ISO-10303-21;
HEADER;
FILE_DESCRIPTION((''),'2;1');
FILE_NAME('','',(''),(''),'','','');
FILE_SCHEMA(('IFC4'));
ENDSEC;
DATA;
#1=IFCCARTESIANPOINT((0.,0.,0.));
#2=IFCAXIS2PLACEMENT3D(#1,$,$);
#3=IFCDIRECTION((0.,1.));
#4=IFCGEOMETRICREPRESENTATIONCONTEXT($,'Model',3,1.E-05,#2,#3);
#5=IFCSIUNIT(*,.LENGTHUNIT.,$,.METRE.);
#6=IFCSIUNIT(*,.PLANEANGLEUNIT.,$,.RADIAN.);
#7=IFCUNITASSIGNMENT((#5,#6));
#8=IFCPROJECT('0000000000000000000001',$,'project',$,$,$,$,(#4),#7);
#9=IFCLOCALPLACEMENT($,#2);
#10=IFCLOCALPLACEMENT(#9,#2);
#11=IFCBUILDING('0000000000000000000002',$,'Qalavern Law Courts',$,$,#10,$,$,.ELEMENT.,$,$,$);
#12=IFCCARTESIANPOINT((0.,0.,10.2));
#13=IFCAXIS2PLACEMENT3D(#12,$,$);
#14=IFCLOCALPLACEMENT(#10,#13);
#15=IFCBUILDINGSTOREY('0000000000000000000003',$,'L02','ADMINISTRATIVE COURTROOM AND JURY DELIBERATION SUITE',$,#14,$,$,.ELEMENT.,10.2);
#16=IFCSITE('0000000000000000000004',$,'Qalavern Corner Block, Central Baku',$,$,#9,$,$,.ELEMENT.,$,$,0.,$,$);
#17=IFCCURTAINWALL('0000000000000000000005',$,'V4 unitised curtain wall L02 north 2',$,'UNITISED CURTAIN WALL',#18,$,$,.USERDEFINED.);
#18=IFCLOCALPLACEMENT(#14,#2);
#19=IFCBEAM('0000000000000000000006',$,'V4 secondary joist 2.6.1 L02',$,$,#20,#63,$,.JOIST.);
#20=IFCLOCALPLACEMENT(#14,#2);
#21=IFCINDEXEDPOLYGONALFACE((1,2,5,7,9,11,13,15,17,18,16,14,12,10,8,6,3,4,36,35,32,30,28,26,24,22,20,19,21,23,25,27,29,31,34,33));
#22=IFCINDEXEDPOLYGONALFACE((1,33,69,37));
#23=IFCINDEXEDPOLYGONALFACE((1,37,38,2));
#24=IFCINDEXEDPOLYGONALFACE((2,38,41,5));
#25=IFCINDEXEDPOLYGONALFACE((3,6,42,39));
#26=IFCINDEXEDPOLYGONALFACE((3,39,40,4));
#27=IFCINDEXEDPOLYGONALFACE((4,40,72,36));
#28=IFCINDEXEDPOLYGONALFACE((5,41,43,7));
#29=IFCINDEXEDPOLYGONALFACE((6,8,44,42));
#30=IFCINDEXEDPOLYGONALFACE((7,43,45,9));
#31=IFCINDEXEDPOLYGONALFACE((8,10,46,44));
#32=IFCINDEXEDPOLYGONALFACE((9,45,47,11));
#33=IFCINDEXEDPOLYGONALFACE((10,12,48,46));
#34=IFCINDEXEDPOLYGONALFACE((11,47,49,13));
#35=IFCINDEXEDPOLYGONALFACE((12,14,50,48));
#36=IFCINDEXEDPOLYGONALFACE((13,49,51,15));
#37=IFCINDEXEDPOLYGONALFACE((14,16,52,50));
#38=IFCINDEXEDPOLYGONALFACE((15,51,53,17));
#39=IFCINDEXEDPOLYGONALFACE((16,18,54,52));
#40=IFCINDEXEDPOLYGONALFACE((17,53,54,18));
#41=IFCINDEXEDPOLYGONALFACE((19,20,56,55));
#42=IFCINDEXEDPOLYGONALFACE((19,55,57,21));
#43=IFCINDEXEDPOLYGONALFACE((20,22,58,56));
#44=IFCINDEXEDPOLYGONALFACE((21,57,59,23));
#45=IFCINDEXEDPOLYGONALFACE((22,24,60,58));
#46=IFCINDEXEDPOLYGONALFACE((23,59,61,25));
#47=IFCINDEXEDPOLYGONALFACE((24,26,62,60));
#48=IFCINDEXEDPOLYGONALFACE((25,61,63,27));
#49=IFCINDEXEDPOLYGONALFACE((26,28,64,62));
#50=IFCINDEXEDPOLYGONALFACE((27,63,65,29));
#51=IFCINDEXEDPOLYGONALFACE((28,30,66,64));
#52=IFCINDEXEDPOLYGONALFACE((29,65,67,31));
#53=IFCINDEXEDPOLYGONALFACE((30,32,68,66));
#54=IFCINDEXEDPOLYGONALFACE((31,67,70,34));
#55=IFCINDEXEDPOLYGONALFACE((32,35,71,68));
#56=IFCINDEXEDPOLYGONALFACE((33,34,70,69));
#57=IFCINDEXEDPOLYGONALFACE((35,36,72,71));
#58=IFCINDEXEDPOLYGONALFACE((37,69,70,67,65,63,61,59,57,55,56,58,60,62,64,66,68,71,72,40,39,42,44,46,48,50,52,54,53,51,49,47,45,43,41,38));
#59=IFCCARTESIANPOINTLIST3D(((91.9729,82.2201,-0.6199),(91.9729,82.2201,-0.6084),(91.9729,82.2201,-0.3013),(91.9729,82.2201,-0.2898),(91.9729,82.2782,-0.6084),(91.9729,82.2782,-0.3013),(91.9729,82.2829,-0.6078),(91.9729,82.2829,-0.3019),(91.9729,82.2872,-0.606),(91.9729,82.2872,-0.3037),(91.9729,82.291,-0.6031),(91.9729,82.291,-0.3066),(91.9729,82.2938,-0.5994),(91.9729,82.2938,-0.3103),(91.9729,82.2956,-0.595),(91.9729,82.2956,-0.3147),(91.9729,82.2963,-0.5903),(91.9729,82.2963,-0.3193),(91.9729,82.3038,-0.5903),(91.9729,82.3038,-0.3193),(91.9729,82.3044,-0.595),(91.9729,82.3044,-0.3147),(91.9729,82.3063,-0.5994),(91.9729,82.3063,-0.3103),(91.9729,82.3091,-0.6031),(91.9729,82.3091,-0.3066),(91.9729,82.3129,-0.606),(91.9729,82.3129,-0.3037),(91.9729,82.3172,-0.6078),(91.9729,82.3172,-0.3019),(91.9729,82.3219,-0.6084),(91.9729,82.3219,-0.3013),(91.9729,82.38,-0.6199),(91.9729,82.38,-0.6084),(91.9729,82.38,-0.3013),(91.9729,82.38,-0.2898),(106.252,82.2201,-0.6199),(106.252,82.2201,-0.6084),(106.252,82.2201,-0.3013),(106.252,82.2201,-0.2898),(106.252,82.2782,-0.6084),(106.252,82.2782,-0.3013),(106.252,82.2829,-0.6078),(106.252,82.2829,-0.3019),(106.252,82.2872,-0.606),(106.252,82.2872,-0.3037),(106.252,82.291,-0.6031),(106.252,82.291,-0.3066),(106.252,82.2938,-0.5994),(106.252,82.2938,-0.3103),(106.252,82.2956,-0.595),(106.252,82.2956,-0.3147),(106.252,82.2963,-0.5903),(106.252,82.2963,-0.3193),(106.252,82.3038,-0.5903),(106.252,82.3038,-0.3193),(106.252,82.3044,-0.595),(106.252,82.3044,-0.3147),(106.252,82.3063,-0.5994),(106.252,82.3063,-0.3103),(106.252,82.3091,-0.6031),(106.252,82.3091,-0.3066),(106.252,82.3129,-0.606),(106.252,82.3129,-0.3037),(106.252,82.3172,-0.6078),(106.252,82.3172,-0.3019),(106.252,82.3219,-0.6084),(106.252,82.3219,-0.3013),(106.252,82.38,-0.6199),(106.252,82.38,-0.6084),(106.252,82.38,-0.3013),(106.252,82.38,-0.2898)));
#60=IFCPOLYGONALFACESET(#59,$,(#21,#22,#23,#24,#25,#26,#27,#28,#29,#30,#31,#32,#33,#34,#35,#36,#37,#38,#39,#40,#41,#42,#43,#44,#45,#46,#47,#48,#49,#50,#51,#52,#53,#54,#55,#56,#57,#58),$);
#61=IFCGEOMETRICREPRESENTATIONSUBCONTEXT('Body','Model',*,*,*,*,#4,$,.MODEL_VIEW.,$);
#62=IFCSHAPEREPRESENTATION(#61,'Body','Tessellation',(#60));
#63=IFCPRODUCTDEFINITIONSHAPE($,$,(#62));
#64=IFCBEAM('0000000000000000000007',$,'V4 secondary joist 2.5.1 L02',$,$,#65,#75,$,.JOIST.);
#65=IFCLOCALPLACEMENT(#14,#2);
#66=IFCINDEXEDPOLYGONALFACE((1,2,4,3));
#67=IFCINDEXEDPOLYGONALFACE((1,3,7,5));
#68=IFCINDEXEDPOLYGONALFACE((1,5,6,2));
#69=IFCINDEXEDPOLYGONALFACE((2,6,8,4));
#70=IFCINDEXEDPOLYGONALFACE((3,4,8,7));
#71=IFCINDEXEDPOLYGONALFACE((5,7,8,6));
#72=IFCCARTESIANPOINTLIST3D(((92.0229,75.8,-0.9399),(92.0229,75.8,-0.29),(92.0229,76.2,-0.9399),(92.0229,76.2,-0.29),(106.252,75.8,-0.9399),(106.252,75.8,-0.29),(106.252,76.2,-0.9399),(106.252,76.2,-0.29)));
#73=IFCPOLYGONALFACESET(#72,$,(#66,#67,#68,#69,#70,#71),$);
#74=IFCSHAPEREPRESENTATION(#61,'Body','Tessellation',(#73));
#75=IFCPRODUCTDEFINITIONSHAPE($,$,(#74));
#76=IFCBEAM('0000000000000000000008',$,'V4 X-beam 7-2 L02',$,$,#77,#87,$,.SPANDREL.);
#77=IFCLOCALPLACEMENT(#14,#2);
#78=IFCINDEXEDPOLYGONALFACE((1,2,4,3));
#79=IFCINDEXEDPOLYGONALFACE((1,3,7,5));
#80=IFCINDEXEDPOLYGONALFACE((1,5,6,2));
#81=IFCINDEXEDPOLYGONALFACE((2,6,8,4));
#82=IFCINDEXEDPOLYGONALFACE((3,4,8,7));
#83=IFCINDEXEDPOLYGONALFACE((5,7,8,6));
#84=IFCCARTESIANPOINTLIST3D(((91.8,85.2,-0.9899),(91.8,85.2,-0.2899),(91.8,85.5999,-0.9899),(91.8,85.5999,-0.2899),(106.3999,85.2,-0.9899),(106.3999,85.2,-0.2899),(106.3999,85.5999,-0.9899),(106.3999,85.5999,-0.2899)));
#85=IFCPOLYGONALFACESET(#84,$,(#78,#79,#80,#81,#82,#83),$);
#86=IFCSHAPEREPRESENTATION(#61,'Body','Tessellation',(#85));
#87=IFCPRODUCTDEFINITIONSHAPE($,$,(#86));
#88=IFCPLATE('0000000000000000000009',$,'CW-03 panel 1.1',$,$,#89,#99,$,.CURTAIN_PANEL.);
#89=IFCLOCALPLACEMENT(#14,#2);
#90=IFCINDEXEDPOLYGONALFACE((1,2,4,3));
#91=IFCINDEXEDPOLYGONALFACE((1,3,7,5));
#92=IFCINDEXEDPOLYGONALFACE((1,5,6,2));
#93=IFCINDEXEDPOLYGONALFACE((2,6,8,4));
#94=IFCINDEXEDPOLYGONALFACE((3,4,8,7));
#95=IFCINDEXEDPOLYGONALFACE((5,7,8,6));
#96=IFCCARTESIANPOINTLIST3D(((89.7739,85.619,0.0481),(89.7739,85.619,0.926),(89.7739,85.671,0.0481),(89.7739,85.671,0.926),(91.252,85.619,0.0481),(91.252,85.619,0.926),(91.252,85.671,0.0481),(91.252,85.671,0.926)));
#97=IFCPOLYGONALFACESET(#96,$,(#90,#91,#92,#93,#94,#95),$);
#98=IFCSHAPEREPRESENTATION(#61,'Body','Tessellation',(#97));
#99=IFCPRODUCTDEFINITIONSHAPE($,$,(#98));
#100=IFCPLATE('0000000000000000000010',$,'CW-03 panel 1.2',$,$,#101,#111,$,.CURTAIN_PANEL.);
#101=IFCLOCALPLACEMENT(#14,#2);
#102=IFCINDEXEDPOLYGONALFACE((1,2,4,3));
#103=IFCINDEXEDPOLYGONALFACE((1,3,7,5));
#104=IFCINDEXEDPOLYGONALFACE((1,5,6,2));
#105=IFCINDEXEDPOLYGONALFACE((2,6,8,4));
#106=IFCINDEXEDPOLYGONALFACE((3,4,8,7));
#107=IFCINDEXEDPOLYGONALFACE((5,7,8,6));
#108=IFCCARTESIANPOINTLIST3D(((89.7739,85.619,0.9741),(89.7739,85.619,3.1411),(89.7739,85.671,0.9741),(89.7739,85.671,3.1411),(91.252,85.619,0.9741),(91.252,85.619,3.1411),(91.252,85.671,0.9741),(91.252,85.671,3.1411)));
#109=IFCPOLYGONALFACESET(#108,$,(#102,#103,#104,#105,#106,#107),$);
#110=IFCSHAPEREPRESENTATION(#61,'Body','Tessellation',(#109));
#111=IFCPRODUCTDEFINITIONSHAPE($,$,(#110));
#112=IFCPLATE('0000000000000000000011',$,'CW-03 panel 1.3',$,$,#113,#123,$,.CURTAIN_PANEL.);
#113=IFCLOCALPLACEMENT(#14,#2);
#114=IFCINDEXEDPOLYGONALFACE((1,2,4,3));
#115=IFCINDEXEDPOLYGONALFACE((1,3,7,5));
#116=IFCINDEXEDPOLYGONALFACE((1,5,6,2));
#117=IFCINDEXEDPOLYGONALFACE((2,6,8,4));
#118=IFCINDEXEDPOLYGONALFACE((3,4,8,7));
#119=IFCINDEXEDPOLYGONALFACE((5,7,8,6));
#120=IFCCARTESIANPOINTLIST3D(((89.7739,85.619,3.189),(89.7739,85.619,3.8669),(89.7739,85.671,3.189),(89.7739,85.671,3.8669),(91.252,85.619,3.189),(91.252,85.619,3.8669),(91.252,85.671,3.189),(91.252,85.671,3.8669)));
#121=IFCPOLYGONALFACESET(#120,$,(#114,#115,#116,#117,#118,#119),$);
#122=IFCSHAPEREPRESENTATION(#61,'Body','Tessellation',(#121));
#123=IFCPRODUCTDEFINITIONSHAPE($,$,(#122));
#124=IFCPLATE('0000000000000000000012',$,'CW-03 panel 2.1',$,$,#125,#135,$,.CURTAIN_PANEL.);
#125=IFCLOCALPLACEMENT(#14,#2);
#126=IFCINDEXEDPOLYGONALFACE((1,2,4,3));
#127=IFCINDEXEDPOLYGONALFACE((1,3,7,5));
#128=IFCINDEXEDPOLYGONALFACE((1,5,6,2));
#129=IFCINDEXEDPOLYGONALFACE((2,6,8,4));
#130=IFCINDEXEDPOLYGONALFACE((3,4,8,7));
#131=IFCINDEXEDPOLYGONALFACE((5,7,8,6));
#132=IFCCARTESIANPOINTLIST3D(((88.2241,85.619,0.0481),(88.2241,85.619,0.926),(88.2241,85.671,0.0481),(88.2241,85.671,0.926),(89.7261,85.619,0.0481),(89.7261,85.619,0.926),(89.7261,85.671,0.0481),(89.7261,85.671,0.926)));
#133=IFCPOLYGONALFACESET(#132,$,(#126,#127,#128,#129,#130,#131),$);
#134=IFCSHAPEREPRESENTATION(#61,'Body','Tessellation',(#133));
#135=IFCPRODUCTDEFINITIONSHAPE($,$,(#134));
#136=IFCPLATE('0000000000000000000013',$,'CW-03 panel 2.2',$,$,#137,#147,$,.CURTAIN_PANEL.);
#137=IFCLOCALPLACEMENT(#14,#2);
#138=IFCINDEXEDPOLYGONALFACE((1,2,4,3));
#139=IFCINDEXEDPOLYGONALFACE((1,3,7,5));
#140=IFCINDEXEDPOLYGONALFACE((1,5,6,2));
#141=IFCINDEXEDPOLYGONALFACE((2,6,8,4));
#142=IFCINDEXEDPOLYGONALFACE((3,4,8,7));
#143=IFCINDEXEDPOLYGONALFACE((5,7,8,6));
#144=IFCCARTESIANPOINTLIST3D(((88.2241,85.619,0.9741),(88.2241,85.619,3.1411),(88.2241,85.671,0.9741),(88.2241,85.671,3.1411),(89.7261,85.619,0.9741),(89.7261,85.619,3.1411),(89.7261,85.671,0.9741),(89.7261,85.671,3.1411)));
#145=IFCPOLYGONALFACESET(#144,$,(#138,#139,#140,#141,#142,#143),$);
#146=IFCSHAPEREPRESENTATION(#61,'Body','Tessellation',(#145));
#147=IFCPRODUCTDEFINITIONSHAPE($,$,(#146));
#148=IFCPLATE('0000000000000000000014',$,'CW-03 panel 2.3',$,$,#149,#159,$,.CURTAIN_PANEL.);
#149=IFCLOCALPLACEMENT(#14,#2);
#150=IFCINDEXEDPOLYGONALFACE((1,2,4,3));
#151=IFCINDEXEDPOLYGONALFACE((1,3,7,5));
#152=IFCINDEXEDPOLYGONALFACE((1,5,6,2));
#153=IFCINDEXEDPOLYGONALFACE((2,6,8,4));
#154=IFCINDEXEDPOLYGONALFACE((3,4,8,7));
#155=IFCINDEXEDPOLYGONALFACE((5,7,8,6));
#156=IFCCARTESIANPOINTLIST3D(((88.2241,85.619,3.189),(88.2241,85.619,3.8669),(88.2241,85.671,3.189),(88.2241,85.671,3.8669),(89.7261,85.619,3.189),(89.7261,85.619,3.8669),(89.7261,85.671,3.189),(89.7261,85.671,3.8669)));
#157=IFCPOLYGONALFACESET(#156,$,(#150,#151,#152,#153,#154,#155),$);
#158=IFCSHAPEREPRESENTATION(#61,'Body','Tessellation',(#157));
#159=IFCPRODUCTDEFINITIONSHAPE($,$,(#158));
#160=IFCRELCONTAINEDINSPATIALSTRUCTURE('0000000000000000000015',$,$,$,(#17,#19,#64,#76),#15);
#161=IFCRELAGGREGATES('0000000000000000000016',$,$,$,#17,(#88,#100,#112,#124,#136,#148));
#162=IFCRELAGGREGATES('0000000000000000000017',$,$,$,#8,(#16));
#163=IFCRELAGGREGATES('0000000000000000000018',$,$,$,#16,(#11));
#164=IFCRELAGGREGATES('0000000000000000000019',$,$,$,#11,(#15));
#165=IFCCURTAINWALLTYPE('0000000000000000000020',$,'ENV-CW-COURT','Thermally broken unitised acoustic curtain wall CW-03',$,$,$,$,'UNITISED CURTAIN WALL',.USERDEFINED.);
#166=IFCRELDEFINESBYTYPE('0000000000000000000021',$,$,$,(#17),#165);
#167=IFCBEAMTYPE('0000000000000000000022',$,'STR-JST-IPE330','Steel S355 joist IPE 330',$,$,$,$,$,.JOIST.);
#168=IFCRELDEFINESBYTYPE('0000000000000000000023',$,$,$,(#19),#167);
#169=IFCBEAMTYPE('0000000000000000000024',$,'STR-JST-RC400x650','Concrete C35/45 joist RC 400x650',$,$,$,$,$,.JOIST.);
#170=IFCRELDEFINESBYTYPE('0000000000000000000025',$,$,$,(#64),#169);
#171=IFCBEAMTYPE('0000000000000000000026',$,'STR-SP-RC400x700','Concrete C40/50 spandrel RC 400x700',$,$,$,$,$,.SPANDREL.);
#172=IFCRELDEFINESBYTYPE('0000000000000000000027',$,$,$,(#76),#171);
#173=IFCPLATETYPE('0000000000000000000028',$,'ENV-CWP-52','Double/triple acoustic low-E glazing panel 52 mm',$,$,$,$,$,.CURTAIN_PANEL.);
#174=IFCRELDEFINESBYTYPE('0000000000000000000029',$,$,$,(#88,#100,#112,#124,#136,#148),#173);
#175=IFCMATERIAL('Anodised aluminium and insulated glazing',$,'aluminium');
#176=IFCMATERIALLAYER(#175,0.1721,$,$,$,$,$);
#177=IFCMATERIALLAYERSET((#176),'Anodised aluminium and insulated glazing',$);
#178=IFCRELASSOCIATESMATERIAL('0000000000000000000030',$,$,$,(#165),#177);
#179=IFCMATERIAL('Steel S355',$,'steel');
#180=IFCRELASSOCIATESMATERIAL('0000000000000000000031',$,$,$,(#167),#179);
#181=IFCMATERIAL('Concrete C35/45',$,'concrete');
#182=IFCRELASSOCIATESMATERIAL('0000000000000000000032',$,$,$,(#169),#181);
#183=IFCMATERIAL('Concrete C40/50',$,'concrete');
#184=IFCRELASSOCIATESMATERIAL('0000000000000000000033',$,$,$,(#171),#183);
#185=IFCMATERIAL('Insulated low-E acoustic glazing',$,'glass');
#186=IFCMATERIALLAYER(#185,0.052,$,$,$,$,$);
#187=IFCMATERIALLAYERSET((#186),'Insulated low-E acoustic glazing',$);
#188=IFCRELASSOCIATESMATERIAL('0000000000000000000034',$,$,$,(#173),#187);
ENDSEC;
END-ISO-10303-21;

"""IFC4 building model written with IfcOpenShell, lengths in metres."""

from ifc_helpers import new_model, si_unit, direction, frame, origin, origin_2d, place, context, subcontext, project, spatial, rectangle, i_section, extrude, material, layer, layer_set, material_profile, profile_set, type_object, element, aggregate, save


model = new_model("IFC4")

# Units and contexts
model_context = context("Model", 3, precision=1e-05, world=origin(), true_north=direction((0.0, 1.0)))
body_context = subcontext(model_context, "Body", "Model", "MODEL_VIEW")
ifc_project = project(units=[si_unit("LENGTHUNIT", "METRE"), si_unit("PLANEANGLEUNIT", "RADIAN")], contexts=[model_context])

# Site, building, storey
site_placement = place(None, origin())
site = spatial("IfcSite", under=ifc_project, at=site_placement, Name="Qalavern Corner Block, Central Baku", CompositionType="ELEMENT", RefElevation=0.0)
building_placement = place(site_placement, origin())
building = spatial("IfcBuilding", under=site, at=building_placement, Name="Qalavern Law Courts", CompositionType="ELEMENT")
storey_placement = place(building_placement, frame((0.0, 0.0, 10.2)))
storey = spatial("IfcBuildingStorey", under=building, at=storey_placement, Name="L02", Description="ADMINISTRATIVE COURTROOM AND JURY DELIBERATION SUITE", CompositionType="ELEMENT", Elevation=10.2)

# Curtain wall
ifc_material_1 = material(Name="Anodised aluminium and insulated glazing", Category="aluminium")
ifc_layer_1 = layer(ifc_material_1, 0.1721)
ifc_layer_set_1 = layer_set([ifc_layer_1], Name="Anodised aluminium and insulated glazing")
curtain_wall_type = type_object("IfcCurtainWallType", Name="ENV-CW-COURT", Description="Thermally broken unitised acoustic curtain wall CW-03", ElementType="UNITISED CURTAIN WALL", PredefinedType="USERDEFINED", material=ifc_layer_set_1)
curtain_wall_placement = place(storey_placement, origin())
curtain_wall = element("IfcCurtainWall", 1, at=curtain_wall_placement, inside=storey, type_object=curtain_wall_type, Name="V4 unitised curtain wall L02 north 2", ObjectType="UNITISED CURTAIN WALL", PredefinedType="USERDEFINED")

# Beams
ifc_material_2 = material(Name="Concrete C35/45", Category="concrete")
ifc_material_3 = material(Name="Concrete C40/50", Category="concrete")
ifc_material_4 = material(Name="Steel S355", Category="steel")
ifc_material_profile_1 = material_profile(ifc_material_4, i_section(OverallWidth=0.1599, OverallDepth=0.3301, WebThickness=0.0076, FlangeThickness=0.0115, FilletRadius=0.0181, at=origin_2d()), Name="IPE 330")
ifc_profile_set_1 = profile_set([ifc_material_profile_1], Name="Steel S355")
beam_type_1 = type_object("IfcBeamType", Name="STR-JST-IPE330", Description="Steel S355 joist IPE 330", PredefinedType="JOIST", material=ifc_profile_set_1)
beam_1_placement = place(storey_placement, frame((91.9729, 82.3, -0.4548), z_axis=(1.0, 0.0, 0.0), x_axis=(0.0, 1.0, 0.0)))
element("IfcBeam", 2, at=beam_1_placement, inside=storey, type_object=beam_type_1, Name="V4 secondary joist 2.6.1 L02", PredefinedType="JOIST", context=body_context, shape_type="SweptSolid", body=[
    extrude(i_section(OverallWidth=0.1599, OverallDepth=0.3301, WebThickness=0.0076, FlangeThickness=0.0115, FilletRadius=0.0181, at=origin_2d()), origin(), (0.0, 0.0, 1.0), 14.2791),
])
ifc_material_profile_2 = material_profile(ifc_material_2, rectangle(XDim=0.3999, YDim=0.6499, at=origin_2d()), Name="RC 400x650")
ifc_profile_set_2 = profile_set([ifc_material_profile_2], Name="Concrete C35/45")
beam_type_2 = type_object("IfcBeamType", Name="STR-JST-RC400x650", Description="Concrete C35/45 joist RC 400x650", PredefinedType="JOIST", material=ifc_profile_set_2)
beam_2_placement = place(storey_placement, frame((92.0229, 76.0, -0.615), z_axis=(1.0, 0.0, 0.0), x_axis=(0.0, 1.0, 0.0)))
element("IfcBeam", 3, at=beam_2_placement, inside=storey, type_object=beam_type_2, Name="V4 secondary joist 2.5.1 L02", PredefinedType="JOIST", context=body_context, shape_type="SweptSolid", body=[
    extrude(rectangle(XDim=0.3999, YDim=0.6499, at=origin_2d()), origin(), (0.0, 0.0, 1.0), 14.229),
])
ifc_material_profile_3 = material_profile(ifc_material_3, rectangle(XDim=0.3999, YDim=0.7, at=origin_2d()), Name="RC 400x700")
ifc_profile_set_3 = profile_set([ifc_material_profile_3], Name="Concrete C40/50")
beam_type_3 = type_object("IfcBeamType", Name="STR-SP-RC400x700", Description="Concrete C40/50 spandrel RC 400x700", PredefinedType="SPANDREL", material=ifc_profile_set_3)
beam_3_placement = place(storey_placement, frame((91.8, 85.3999, -0.6399), z_axis=(1.0, 0.0, 0.0), x_axis=(0.0, 1.0, 0.0)))
element("IfcBeam", 4, at=beam_3_placement, inside=storey, type_object=beam_type_3, Name="V4 X-beam 7-2 L02", PredefinedType="SPANDREL", context=body_context, shape_type="SweptSolid", body=[
    extrude(rectangle(XDim=0.3999, YDim=0.7, at=origin_2d()), origin(), (0.0, 0.0, 1.0), 14.5999),
])

# Plates
ifc_material_5 = material(Name="Insulated low-E acoustic glazing", Category="glass")
ifc_layer_2 = layer(ifc_material_5, 0.052)
ifc_layer_set_2 = layer_set([ifc_layer_2], Name="Insulated low-E acoustic glazing")
plate_type = type_object("IfcPlateType", Name="ENV-CWP-52", Description="Double/triple acoustic low-E glazing panel 52 mm", PredefinedType="CURTAIN_PANEL", material=ifc_layer_set_2)
plate_1_placement = place(storey_placement, frame((90.5129, 85.645, 0.0481), z_axis=(0.0, 0.0, 1.0), x_axis=(-1.0, 0.0, 0.0)))
plate_1 = element("IfcPlate", 5, at=plate_1_placement, type_object=plate_type, Name="CW-03 panel 1.1", PredefinedType="CURTAIN_PANEL", context=body_context, shape_type="SweptSolid", body=[
    extrude(rectangle(XDim=1.478, YDim=0.052, at=origin_2d()), origin(), (0.0, 0.0, 1.0), 0.8779),
])
plate_2_placement = place(storey_placement, frame((90.5129, 85.645, 0.9741), z_axis=(0.0, 0.0, 1.0), x_axis=(-1.0, 0.0, 0.0)))
plate_2 = element("IfcPlate", 6, at=plate_2_placement, type_object=plate_type, Name="CW-03 panel 1.2", PredefinedType="CURTAIN_PANEL", context=body_context, shape_type="SweptSolid", body=[
    extrude(rectangle(XDim=1.478, YDim=0.052, at=origin_2d()), origin(), (0.0, 0.0, 1.0), 2.167),
])
plate_3_placement = place(storey_placement, frame((90.5129, 85.645, 3.189), z_axis=(0.0, 0.0, 1.0), x_axis=(-1.0, 0.0, 0.0)))
plate_3 = element("IfcPlate", 7, at=plate_3_placement, type_object=plate_type, Name="CW-03 panel 1.3", PredefinedType="CURTAIN_PANEL", context=body_context, shape_type="SweptSolid", body=[
    extrude(rectangle(XDim=1.478, YDim=0.052, at=origin_2d()), origin(), (0.0, 0.0, 1.0), 0.678),
])
plate_4_placement = place(storey_placement, frame((88.9751, 85.645, 0.0481), z_axis=(0.0, 0.0, 1.0), x_axis=(-1.0, 0.0, 0.0)))
plate_4 = element("IfcPlate", 8, at=plate_4_placement, type_object=plate_type, Name="CW-03 panel 2.1", PredefinedType="CURTAIN_PANEL", context=body_context, shape_type="SweptSolid", body=[
    extrude(rectangle(XDim=1.502, YDim=0.052, at=origin_2d()), origin(), (0.0, 0.0, 1.0), 0.8779),
])
plate_5_placement = place(storey_placement, frame((88.9751, 85.645, 0.9741), z_axis=(0.0, 0.0, 1.0), x_axis=(-1.0, 0.0, 0.0)))
plate_5 = element("IfcPlate", 9, at=plate_5_placement, type_object=plate_type, Name="CW-03 panel 2.2", PredefinedType="CURTAIN_PANEL", context=body_context, shape_type="SweptSolid", body=[
    extrude(rectangle(XDim=1.502, YDim=0.052, at=origin_2d()), origin(), (0.0, 0.0, 1.0), 2.167),
])
plate_6_placement = place(storey_placement, frame((88.9751, 85.645, 3.189), z_axis=(0.0, 0.0, 1.0), x_axis=(-1.0, 0.0, 0.0)))
plate_6 = element("IfcPlate", 10, at=plate_6_placement, type_object=plate_type, Name="CW-03 panel 2.3", PredefinedType="CURTAIN_PANEL", context=body_context, shape_type="SweptSolid", body=[
    extrude(rectangle(XDim=1.502, YDim=0.052, at=origin_2d()), origin(), (0.0, 0.0, 1.0), 0.678),
])
aggregate(curtain_wall, [plate_1, plate_2, plate_3, plate_4, plate_5, plate_6])

save(model, "model.ifc")
